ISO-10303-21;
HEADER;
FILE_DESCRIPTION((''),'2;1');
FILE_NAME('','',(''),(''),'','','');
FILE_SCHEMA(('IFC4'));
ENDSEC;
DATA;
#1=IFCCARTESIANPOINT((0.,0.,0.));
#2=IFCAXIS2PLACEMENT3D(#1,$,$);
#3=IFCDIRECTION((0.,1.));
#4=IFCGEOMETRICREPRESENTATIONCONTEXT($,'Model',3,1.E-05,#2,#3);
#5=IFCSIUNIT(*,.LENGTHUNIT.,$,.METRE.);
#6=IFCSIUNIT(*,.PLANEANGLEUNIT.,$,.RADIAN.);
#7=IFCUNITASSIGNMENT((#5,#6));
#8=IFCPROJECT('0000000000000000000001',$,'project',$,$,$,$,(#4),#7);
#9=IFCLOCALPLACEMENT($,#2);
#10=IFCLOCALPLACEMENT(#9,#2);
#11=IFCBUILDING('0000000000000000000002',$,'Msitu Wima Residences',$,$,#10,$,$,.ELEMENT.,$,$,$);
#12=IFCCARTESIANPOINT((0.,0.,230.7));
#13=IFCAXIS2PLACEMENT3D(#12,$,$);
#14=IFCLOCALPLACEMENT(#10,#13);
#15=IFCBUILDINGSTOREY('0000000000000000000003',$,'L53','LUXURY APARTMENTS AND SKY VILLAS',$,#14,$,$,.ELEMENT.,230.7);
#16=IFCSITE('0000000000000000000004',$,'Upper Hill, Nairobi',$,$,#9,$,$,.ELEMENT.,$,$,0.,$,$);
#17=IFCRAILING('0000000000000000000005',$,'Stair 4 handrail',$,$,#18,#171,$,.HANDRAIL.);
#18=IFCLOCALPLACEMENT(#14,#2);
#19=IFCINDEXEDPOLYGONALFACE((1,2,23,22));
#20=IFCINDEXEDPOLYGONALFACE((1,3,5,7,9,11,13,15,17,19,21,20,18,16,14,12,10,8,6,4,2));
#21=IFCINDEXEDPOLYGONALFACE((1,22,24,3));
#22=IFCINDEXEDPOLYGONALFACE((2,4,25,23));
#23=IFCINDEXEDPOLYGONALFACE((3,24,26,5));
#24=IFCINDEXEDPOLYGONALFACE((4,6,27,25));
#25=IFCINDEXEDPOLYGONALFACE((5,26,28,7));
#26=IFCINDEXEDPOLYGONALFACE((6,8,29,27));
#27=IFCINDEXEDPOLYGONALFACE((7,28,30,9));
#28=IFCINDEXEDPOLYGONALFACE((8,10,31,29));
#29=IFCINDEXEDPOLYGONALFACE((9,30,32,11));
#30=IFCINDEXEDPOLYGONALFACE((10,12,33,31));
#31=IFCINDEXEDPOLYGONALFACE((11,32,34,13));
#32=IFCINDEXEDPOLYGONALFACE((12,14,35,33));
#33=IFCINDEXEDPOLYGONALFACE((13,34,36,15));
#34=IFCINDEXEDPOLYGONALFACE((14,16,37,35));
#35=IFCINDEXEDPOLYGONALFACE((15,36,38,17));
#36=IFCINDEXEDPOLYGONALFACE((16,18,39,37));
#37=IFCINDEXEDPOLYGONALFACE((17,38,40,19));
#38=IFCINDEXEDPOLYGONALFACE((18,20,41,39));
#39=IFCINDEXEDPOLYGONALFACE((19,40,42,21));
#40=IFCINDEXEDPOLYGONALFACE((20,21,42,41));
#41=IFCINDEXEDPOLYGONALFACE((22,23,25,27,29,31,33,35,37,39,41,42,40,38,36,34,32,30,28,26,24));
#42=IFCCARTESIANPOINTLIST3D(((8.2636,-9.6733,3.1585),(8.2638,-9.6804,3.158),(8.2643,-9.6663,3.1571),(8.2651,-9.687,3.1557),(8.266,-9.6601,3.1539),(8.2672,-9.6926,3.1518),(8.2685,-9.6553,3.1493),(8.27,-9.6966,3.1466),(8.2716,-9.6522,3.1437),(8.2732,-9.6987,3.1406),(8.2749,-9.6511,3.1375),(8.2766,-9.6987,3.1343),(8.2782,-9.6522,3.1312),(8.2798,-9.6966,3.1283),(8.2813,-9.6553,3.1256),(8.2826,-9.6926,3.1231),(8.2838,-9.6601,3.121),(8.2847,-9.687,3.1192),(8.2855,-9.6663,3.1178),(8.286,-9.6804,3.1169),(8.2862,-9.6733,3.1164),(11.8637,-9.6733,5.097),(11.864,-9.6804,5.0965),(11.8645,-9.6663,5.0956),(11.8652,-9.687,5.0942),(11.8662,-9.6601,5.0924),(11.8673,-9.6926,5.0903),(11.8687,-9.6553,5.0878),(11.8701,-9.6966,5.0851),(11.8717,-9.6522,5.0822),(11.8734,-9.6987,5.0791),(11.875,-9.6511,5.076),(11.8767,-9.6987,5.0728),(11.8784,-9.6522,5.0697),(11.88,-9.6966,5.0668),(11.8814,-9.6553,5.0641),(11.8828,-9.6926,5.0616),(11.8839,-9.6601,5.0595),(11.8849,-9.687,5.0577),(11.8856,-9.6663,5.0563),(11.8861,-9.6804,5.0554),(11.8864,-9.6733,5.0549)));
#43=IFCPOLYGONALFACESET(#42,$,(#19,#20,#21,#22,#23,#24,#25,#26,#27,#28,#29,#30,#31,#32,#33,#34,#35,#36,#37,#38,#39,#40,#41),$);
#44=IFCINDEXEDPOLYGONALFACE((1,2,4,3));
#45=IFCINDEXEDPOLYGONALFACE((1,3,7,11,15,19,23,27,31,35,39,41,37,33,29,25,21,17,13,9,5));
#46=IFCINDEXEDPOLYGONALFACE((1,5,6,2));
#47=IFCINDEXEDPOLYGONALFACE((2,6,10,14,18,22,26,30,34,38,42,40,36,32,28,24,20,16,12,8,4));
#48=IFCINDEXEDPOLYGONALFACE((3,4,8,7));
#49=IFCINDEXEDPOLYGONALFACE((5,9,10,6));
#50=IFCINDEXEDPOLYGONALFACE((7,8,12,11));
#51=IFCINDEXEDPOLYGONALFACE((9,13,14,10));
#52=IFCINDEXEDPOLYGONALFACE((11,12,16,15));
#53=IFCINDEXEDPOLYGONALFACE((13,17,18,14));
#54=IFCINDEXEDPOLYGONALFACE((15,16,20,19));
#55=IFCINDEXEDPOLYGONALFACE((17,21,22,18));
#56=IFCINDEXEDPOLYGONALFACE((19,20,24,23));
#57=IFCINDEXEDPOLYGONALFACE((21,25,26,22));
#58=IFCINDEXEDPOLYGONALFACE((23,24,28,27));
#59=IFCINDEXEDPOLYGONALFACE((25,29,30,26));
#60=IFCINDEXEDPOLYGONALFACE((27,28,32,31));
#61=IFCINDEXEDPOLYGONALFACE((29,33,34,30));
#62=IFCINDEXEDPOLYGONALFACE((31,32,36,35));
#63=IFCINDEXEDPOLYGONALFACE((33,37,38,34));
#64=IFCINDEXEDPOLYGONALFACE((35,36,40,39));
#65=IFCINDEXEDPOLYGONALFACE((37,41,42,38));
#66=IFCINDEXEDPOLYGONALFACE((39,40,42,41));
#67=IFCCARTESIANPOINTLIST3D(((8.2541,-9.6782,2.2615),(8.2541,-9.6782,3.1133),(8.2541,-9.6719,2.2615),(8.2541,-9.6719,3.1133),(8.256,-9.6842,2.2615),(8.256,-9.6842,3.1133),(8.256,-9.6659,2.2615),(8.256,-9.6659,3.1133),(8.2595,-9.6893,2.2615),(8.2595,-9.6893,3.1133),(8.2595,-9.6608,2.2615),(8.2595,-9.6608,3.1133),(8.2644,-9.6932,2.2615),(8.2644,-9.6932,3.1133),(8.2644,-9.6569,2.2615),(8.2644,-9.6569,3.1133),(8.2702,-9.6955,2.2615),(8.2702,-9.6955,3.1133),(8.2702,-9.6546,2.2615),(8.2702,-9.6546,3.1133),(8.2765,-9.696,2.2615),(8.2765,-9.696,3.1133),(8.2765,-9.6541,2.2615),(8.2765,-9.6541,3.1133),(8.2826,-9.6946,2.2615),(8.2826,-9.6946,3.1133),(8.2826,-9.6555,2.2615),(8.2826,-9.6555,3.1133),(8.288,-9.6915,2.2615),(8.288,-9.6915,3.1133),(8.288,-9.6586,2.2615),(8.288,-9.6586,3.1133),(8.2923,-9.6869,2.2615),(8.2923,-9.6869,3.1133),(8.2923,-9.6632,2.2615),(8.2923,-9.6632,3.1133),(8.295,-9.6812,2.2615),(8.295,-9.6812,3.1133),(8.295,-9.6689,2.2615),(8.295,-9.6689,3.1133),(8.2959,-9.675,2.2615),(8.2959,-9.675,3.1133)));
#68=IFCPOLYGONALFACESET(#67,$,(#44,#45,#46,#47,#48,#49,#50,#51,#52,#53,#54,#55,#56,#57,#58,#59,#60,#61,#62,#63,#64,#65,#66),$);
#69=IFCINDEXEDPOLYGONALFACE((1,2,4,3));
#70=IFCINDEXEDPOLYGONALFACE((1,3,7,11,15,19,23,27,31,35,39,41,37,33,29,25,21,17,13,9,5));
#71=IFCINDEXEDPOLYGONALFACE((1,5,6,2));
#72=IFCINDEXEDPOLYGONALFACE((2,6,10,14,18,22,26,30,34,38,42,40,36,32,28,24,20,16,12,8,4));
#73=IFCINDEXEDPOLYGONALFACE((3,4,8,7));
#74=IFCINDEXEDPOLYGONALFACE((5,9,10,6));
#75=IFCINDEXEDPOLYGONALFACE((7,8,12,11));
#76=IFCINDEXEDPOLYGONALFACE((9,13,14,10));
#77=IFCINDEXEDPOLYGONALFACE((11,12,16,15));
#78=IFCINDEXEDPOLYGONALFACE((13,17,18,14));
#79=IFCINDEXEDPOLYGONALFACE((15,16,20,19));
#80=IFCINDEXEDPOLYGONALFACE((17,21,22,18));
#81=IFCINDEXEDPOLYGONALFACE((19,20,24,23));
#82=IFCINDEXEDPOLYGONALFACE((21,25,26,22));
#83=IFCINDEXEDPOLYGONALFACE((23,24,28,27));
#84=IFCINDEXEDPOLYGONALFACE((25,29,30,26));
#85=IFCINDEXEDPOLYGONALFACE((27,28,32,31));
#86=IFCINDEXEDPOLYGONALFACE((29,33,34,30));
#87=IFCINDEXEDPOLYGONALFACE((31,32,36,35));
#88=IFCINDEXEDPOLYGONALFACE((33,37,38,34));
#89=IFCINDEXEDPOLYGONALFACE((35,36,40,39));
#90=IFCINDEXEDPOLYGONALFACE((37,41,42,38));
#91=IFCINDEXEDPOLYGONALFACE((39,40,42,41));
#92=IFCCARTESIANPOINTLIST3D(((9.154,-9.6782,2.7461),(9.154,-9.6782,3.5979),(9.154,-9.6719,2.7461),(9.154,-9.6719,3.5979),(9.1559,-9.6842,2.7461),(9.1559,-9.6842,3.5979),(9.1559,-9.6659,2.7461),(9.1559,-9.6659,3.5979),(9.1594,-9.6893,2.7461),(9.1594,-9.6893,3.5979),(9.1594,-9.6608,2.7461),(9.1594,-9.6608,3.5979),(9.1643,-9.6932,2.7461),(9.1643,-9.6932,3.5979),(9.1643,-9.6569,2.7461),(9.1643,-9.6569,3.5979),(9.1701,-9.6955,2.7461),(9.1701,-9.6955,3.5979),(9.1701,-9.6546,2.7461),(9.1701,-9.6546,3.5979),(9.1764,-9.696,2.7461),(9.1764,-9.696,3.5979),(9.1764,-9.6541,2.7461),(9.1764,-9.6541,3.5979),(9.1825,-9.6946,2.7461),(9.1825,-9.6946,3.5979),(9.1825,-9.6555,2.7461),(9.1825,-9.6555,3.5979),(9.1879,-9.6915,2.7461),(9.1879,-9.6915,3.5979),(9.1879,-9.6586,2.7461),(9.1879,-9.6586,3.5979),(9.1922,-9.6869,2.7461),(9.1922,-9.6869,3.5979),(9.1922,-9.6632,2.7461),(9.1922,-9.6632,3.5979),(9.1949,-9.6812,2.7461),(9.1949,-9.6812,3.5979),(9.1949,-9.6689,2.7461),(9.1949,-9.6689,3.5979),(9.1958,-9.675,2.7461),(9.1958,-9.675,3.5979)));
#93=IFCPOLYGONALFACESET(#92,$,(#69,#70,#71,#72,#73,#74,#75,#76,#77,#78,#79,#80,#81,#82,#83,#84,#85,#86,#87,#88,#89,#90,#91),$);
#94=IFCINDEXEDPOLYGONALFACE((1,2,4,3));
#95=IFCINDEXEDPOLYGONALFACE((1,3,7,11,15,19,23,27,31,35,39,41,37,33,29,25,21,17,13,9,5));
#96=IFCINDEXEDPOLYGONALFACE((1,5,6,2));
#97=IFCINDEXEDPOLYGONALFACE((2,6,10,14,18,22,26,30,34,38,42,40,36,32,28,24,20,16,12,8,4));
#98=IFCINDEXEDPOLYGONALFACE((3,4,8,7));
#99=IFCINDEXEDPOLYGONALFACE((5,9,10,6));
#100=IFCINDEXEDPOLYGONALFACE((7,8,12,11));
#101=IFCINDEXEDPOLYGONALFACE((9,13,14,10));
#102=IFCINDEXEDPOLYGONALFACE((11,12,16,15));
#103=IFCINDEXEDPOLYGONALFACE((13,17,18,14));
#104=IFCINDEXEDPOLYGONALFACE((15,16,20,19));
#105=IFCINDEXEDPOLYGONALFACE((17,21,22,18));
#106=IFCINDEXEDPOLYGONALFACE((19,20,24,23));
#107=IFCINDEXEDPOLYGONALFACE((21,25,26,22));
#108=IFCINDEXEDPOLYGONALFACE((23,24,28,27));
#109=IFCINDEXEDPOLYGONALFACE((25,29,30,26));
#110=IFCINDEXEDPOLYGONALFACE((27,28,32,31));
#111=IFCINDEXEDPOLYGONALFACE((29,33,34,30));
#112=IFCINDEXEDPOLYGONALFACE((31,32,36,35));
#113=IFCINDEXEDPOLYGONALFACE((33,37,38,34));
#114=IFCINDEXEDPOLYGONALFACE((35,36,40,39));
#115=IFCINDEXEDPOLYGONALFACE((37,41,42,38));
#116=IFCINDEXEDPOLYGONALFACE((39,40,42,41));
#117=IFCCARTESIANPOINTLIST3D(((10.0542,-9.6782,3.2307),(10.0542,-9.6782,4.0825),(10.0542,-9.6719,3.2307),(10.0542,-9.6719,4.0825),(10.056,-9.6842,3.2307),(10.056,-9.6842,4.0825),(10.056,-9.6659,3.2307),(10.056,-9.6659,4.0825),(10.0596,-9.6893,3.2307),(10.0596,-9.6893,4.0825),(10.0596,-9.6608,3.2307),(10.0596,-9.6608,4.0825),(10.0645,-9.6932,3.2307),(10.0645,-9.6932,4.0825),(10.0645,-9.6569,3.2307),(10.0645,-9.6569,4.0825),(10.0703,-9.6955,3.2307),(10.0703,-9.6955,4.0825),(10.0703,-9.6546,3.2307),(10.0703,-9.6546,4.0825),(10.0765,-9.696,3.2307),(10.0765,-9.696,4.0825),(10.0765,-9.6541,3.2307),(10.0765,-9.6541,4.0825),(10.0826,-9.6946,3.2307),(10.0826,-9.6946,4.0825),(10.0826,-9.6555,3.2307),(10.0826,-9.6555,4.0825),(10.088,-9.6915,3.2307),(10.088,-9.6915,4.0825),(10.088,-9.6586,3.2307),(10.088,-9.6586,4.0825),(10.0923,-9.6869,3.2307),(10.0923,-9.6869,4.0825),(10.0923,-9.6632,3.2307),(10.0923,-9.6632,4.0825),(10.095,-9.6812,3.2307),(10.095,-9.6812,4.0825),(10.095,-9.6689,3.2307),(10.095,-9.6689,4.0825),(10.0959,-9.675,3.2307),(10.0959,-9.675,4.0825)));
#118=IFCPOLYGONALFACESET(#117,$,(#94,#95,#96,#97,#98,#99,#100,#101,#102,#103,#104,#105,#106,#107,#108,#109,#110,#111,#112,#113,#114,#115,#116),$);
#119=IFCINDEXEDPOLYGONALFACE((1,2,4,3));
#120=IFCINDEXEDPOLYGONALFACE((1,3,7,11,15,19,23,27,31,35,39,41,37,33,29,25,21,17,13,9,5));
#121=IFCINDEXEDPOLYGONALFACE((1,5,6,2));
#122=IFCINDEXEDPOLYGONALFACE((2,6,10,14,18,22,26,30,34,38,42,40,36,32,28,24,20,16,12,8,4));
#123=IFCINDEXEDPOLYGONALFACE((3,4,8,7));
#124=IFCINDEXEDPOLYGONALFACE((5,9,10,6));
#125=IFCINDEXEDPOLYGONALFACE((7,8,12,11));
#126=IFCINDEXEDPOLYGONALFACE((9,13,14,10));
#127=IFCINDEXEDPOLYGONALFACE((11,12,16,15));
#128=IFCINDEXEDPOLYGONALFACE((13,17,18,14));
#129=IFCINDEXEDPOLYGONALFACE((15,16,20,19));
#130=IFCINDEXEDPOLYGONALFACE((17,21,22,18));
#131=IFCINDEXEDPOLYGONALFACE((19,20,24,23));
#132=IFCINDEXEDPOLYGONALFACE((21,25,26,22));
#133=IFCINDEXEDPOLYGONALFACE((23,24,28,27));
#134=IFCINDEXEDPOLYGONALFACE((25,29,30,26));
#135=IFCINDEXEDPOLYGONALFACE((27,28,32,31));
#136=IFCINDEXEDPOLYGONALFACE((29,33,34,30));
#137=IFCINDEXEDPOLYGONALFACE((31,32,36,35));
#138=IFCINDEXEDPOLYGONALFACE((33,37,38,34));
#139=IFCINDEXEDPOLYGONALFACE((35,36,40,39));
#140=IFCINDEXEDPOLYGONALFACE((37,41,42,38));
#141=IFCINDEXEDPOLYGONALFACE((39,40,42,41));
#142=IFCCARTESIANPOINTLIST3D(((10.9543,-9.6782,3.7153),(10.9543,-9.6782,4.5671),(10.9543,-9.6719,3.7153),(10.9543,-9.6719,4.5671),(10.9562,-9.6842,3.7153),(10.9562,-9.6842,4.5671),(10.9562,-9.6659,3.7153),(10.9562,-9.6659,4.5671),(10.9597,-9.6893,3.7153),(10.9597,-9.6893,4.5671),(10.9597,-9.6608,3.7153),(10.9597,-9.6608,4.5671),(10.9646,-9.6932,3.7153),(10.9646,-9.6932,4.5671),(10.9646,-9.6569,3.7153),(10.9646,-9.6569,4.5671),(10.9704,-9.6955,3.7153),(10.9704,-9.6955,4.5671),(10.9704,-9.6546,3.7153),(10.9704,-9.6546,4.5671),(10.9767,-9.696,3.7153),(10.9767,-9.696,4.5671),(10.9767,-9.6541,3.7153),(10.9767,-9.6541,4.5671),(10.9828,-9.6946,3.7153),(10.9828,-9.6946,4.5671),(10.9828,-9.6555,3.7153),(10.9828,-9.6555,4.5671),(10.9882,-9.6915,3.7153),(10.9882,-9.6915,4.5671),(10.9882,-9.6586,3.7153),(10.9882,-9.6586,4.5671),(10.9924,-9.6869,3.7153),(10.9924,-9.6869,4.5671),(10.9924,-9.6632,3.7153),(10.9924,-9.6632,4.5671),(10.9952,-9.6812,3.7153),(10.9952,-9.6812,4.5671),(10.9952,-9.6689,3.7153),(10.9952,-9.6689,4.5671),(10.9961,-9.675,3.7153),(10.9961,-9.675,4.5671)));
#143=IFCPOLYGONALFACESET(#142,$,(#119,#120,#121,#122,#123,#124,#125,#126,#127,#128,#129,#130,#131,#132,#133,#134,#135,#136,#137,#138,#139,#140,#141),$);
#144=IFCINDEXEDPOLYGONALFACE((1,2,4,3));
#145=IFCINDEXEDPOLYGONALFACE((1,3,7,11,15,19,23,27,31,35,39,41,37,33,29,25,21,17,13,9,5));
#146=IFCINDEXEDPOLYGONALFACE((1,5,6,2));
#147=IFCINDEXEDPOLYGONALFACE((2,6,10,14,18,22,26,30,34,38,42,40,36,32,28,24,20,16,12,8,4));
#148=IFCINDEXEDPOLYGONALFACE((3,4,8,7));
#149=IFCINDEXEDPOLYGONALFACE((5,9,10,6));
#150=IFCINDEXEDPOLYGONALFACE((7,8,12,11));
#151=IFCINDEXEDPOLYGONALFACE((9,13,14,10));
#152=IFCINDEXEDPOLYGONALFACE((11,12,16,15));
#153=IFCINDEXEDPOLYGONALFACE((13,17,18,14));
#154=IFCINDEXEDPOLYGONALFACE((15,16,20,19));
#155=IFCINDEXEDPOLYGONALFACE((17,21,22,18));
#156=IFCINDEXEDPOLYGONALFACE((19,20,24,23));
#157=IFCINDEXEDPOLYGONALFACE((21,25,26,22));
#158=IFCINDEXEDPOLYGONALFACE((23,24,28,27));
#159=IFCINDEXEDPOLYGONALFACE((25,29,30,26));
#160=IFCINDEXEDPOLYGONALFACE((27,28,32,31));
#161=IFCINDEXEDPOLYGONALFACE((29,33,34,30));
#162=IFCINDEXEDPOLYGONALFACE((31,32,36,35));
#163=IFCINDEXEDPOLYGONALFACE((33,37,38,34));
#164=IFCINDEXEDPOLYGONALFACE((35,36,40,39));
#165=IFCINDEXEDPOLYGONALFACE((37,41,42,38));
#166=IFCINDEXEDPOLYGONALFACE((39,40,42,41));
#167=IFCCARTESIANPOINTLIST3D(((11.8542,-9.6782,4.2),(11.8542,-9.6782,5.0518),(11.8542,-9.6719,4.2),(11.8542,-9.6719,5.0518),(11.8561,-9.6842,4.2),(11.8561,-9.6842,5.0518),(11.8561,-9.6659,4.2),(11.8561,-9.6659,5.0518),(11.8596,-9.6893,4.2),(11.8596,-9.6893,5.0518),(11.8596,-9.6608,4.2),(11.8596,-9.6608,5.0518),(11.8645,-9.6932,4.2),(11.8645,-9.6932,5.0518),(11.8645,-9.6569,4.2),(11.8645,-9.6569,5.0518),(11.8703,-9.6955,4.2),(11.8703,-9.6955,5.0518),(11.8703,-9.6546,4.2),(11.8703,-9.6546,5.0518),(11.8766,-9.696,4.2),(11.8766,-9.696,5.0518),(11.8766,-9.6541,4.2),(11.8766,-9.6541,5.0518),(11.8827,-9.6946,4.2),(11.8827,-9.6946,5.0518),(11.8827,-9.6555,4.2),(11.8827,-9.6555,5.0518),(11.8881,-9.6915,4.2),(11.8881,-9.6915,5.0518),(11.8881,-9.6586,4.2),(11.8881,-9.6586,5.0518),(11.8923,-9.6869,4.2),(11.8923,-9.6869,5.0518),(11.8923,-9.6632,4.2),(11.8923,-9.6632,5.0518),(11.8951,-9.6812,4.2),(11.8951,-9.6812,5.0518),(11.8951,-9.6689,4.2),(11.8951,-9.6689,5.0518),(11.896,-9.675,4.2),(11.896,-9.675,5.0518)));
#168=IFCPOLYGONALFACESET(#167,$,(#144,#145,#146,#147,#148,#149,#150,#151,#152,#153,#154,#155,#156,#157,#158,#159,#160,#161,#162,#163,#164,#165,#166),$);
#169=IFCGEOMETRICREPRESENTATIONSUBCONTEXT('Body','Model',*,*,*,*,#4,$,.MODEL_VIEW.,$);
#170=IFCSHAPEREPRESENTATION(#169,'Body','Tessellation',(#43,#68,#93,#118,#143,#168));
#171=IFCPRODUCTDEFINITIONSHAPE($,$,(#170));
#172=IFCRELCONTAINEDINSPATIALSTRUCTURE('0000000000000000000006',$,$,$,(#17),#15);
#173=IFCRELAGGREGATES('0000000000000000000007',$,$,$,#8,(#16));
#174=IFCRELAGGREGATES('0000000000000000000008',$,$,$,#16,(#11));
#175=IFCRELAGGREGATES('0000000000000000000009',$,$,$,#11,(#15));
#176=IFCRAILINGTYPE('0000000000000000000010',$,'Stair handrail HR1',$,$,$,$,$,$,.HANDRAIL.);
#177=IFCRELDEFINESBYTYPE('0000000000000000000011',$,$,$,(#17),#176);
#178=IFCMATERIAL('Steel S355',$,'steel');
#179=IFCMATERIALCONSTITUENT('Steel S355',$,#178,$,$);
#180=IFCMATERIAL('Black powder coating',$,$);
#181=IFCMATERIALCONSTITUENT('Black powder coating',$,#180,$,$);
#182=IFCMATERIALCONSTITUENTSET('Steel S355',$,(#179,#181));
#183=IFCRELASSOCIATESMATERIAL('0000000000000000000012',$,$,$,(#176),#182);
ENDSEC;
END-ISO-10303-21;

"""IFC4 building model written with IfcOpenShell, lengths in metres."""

from ifc_helpers import new_model, si_unit, direction, frame, origin, origin_2d, place, context, subcontext, project, spatial, circle, extrude, material, constituent, constituent_set, type_object, element, save


model = new_model("IFC4")

# Units and contexts
model_context = context("Model", 3, precision=1e-05, world=origin(), true_north=direction((0.0, 1.0)))
body_context = subcontext(model_context, "Body", "Model", "MODEL_VIEW")
ifc_project = project(units=[si_unit("LENGTHUNIT", "METRE"), si_unit("PLANEANGLEUNIT", "RADIAN")], contexts=[model_context])

# Site, building, storey
site_placement = place(None, origin())
site = spatial("IfcSite", under=ifc_project, at=site_placement, Name="Upper Hill, Nairobi", CompositionType="ELEMENT", RefElevation=0.0)
building_placement = place(site_placement, origin())
building = spatial("IfcBuilding", under=site, at=building_placement, Name="Msitu Wima Residences", CompositionType="ELEMENT")
storey_placement = place(building_placement, frame((0.0, 0.0, 230.7)))
storey = spatial("IfcBuildingStorey", under=building, at=storey_placement, Name="L53", Description="LUXURY APARTMENTS AND SKY VILLAS", CompositionType="ELEMENT", Elevation=230.7)

# Railing
ifc_material_1 = material(Name="Steel S355", Category="steel")
ifc_constituent_1 = constituent(ifc_material_1, Name="Steel S355")
ifc_material_2 = material(Name="Black powder coating")
ifc_constituent_2 = constituent(ifc_material_2, Name="Black powder coating")
ifc_constituent_set = constituent_set(constituents=[ifc_constituent_1, ifc_constituent_2], Name="Steel S355")
railing_type = type_object("IfcRailingType", Name="Stair handrail HR1", PredefinedType="HANDRAIL", material=ifc_constituent_set)
for number, where, name in (
    (1, (8.2749, -9.675, 2.2615), "Stair 4 handrail"),
):
    element("IfcRailing", number, at=place(storey_placement, frame(where)), inside=storey, type_object=railing_type, Name=name, PredefinedType="HANDRAIL", context=body_context, shape_type="SweptSolid", body=[
        extrude(circle(Radius=0.0239, at=origin_2d()), frame((0.0, 0.0, 0.876), z_axis=(0.880475, 0.0, 0.474093), x_axis=(0.0, 1.0, 0.0)), (0.0, 0.0, 1.0), 4.0889),
        extrude(circle(Radius=0.021, at=origin_2d()), origin(), (0.0, 0.0, 1.0), 0.8518),
        extrude(circle(Radius=0.021, at=origin_2d()), frame((0.8999, 0.0, 0.4846)), (0.0, 0.0, 1.0), 0.8518),
        extrude(circle(Radius=0.021, at=origin_2d()), frame((1.8, 0.0, 0.9692)), (0.0, 0.0, 1.0), 0.8518),
        extrude(circle(Radius=0.021, at=origin_2d()), frame((2.7002, 0.0, 1.4539)), (0.0, 0.0, 1.0), 0.8518),
        extrude(circle(Radius=0.021, at=origin_2d()), frame((3.6001, 0.0, 1.9385)), (0.0, 0.0, 1.0), 0.8518),
    ])

save(model, "model.ifc")
